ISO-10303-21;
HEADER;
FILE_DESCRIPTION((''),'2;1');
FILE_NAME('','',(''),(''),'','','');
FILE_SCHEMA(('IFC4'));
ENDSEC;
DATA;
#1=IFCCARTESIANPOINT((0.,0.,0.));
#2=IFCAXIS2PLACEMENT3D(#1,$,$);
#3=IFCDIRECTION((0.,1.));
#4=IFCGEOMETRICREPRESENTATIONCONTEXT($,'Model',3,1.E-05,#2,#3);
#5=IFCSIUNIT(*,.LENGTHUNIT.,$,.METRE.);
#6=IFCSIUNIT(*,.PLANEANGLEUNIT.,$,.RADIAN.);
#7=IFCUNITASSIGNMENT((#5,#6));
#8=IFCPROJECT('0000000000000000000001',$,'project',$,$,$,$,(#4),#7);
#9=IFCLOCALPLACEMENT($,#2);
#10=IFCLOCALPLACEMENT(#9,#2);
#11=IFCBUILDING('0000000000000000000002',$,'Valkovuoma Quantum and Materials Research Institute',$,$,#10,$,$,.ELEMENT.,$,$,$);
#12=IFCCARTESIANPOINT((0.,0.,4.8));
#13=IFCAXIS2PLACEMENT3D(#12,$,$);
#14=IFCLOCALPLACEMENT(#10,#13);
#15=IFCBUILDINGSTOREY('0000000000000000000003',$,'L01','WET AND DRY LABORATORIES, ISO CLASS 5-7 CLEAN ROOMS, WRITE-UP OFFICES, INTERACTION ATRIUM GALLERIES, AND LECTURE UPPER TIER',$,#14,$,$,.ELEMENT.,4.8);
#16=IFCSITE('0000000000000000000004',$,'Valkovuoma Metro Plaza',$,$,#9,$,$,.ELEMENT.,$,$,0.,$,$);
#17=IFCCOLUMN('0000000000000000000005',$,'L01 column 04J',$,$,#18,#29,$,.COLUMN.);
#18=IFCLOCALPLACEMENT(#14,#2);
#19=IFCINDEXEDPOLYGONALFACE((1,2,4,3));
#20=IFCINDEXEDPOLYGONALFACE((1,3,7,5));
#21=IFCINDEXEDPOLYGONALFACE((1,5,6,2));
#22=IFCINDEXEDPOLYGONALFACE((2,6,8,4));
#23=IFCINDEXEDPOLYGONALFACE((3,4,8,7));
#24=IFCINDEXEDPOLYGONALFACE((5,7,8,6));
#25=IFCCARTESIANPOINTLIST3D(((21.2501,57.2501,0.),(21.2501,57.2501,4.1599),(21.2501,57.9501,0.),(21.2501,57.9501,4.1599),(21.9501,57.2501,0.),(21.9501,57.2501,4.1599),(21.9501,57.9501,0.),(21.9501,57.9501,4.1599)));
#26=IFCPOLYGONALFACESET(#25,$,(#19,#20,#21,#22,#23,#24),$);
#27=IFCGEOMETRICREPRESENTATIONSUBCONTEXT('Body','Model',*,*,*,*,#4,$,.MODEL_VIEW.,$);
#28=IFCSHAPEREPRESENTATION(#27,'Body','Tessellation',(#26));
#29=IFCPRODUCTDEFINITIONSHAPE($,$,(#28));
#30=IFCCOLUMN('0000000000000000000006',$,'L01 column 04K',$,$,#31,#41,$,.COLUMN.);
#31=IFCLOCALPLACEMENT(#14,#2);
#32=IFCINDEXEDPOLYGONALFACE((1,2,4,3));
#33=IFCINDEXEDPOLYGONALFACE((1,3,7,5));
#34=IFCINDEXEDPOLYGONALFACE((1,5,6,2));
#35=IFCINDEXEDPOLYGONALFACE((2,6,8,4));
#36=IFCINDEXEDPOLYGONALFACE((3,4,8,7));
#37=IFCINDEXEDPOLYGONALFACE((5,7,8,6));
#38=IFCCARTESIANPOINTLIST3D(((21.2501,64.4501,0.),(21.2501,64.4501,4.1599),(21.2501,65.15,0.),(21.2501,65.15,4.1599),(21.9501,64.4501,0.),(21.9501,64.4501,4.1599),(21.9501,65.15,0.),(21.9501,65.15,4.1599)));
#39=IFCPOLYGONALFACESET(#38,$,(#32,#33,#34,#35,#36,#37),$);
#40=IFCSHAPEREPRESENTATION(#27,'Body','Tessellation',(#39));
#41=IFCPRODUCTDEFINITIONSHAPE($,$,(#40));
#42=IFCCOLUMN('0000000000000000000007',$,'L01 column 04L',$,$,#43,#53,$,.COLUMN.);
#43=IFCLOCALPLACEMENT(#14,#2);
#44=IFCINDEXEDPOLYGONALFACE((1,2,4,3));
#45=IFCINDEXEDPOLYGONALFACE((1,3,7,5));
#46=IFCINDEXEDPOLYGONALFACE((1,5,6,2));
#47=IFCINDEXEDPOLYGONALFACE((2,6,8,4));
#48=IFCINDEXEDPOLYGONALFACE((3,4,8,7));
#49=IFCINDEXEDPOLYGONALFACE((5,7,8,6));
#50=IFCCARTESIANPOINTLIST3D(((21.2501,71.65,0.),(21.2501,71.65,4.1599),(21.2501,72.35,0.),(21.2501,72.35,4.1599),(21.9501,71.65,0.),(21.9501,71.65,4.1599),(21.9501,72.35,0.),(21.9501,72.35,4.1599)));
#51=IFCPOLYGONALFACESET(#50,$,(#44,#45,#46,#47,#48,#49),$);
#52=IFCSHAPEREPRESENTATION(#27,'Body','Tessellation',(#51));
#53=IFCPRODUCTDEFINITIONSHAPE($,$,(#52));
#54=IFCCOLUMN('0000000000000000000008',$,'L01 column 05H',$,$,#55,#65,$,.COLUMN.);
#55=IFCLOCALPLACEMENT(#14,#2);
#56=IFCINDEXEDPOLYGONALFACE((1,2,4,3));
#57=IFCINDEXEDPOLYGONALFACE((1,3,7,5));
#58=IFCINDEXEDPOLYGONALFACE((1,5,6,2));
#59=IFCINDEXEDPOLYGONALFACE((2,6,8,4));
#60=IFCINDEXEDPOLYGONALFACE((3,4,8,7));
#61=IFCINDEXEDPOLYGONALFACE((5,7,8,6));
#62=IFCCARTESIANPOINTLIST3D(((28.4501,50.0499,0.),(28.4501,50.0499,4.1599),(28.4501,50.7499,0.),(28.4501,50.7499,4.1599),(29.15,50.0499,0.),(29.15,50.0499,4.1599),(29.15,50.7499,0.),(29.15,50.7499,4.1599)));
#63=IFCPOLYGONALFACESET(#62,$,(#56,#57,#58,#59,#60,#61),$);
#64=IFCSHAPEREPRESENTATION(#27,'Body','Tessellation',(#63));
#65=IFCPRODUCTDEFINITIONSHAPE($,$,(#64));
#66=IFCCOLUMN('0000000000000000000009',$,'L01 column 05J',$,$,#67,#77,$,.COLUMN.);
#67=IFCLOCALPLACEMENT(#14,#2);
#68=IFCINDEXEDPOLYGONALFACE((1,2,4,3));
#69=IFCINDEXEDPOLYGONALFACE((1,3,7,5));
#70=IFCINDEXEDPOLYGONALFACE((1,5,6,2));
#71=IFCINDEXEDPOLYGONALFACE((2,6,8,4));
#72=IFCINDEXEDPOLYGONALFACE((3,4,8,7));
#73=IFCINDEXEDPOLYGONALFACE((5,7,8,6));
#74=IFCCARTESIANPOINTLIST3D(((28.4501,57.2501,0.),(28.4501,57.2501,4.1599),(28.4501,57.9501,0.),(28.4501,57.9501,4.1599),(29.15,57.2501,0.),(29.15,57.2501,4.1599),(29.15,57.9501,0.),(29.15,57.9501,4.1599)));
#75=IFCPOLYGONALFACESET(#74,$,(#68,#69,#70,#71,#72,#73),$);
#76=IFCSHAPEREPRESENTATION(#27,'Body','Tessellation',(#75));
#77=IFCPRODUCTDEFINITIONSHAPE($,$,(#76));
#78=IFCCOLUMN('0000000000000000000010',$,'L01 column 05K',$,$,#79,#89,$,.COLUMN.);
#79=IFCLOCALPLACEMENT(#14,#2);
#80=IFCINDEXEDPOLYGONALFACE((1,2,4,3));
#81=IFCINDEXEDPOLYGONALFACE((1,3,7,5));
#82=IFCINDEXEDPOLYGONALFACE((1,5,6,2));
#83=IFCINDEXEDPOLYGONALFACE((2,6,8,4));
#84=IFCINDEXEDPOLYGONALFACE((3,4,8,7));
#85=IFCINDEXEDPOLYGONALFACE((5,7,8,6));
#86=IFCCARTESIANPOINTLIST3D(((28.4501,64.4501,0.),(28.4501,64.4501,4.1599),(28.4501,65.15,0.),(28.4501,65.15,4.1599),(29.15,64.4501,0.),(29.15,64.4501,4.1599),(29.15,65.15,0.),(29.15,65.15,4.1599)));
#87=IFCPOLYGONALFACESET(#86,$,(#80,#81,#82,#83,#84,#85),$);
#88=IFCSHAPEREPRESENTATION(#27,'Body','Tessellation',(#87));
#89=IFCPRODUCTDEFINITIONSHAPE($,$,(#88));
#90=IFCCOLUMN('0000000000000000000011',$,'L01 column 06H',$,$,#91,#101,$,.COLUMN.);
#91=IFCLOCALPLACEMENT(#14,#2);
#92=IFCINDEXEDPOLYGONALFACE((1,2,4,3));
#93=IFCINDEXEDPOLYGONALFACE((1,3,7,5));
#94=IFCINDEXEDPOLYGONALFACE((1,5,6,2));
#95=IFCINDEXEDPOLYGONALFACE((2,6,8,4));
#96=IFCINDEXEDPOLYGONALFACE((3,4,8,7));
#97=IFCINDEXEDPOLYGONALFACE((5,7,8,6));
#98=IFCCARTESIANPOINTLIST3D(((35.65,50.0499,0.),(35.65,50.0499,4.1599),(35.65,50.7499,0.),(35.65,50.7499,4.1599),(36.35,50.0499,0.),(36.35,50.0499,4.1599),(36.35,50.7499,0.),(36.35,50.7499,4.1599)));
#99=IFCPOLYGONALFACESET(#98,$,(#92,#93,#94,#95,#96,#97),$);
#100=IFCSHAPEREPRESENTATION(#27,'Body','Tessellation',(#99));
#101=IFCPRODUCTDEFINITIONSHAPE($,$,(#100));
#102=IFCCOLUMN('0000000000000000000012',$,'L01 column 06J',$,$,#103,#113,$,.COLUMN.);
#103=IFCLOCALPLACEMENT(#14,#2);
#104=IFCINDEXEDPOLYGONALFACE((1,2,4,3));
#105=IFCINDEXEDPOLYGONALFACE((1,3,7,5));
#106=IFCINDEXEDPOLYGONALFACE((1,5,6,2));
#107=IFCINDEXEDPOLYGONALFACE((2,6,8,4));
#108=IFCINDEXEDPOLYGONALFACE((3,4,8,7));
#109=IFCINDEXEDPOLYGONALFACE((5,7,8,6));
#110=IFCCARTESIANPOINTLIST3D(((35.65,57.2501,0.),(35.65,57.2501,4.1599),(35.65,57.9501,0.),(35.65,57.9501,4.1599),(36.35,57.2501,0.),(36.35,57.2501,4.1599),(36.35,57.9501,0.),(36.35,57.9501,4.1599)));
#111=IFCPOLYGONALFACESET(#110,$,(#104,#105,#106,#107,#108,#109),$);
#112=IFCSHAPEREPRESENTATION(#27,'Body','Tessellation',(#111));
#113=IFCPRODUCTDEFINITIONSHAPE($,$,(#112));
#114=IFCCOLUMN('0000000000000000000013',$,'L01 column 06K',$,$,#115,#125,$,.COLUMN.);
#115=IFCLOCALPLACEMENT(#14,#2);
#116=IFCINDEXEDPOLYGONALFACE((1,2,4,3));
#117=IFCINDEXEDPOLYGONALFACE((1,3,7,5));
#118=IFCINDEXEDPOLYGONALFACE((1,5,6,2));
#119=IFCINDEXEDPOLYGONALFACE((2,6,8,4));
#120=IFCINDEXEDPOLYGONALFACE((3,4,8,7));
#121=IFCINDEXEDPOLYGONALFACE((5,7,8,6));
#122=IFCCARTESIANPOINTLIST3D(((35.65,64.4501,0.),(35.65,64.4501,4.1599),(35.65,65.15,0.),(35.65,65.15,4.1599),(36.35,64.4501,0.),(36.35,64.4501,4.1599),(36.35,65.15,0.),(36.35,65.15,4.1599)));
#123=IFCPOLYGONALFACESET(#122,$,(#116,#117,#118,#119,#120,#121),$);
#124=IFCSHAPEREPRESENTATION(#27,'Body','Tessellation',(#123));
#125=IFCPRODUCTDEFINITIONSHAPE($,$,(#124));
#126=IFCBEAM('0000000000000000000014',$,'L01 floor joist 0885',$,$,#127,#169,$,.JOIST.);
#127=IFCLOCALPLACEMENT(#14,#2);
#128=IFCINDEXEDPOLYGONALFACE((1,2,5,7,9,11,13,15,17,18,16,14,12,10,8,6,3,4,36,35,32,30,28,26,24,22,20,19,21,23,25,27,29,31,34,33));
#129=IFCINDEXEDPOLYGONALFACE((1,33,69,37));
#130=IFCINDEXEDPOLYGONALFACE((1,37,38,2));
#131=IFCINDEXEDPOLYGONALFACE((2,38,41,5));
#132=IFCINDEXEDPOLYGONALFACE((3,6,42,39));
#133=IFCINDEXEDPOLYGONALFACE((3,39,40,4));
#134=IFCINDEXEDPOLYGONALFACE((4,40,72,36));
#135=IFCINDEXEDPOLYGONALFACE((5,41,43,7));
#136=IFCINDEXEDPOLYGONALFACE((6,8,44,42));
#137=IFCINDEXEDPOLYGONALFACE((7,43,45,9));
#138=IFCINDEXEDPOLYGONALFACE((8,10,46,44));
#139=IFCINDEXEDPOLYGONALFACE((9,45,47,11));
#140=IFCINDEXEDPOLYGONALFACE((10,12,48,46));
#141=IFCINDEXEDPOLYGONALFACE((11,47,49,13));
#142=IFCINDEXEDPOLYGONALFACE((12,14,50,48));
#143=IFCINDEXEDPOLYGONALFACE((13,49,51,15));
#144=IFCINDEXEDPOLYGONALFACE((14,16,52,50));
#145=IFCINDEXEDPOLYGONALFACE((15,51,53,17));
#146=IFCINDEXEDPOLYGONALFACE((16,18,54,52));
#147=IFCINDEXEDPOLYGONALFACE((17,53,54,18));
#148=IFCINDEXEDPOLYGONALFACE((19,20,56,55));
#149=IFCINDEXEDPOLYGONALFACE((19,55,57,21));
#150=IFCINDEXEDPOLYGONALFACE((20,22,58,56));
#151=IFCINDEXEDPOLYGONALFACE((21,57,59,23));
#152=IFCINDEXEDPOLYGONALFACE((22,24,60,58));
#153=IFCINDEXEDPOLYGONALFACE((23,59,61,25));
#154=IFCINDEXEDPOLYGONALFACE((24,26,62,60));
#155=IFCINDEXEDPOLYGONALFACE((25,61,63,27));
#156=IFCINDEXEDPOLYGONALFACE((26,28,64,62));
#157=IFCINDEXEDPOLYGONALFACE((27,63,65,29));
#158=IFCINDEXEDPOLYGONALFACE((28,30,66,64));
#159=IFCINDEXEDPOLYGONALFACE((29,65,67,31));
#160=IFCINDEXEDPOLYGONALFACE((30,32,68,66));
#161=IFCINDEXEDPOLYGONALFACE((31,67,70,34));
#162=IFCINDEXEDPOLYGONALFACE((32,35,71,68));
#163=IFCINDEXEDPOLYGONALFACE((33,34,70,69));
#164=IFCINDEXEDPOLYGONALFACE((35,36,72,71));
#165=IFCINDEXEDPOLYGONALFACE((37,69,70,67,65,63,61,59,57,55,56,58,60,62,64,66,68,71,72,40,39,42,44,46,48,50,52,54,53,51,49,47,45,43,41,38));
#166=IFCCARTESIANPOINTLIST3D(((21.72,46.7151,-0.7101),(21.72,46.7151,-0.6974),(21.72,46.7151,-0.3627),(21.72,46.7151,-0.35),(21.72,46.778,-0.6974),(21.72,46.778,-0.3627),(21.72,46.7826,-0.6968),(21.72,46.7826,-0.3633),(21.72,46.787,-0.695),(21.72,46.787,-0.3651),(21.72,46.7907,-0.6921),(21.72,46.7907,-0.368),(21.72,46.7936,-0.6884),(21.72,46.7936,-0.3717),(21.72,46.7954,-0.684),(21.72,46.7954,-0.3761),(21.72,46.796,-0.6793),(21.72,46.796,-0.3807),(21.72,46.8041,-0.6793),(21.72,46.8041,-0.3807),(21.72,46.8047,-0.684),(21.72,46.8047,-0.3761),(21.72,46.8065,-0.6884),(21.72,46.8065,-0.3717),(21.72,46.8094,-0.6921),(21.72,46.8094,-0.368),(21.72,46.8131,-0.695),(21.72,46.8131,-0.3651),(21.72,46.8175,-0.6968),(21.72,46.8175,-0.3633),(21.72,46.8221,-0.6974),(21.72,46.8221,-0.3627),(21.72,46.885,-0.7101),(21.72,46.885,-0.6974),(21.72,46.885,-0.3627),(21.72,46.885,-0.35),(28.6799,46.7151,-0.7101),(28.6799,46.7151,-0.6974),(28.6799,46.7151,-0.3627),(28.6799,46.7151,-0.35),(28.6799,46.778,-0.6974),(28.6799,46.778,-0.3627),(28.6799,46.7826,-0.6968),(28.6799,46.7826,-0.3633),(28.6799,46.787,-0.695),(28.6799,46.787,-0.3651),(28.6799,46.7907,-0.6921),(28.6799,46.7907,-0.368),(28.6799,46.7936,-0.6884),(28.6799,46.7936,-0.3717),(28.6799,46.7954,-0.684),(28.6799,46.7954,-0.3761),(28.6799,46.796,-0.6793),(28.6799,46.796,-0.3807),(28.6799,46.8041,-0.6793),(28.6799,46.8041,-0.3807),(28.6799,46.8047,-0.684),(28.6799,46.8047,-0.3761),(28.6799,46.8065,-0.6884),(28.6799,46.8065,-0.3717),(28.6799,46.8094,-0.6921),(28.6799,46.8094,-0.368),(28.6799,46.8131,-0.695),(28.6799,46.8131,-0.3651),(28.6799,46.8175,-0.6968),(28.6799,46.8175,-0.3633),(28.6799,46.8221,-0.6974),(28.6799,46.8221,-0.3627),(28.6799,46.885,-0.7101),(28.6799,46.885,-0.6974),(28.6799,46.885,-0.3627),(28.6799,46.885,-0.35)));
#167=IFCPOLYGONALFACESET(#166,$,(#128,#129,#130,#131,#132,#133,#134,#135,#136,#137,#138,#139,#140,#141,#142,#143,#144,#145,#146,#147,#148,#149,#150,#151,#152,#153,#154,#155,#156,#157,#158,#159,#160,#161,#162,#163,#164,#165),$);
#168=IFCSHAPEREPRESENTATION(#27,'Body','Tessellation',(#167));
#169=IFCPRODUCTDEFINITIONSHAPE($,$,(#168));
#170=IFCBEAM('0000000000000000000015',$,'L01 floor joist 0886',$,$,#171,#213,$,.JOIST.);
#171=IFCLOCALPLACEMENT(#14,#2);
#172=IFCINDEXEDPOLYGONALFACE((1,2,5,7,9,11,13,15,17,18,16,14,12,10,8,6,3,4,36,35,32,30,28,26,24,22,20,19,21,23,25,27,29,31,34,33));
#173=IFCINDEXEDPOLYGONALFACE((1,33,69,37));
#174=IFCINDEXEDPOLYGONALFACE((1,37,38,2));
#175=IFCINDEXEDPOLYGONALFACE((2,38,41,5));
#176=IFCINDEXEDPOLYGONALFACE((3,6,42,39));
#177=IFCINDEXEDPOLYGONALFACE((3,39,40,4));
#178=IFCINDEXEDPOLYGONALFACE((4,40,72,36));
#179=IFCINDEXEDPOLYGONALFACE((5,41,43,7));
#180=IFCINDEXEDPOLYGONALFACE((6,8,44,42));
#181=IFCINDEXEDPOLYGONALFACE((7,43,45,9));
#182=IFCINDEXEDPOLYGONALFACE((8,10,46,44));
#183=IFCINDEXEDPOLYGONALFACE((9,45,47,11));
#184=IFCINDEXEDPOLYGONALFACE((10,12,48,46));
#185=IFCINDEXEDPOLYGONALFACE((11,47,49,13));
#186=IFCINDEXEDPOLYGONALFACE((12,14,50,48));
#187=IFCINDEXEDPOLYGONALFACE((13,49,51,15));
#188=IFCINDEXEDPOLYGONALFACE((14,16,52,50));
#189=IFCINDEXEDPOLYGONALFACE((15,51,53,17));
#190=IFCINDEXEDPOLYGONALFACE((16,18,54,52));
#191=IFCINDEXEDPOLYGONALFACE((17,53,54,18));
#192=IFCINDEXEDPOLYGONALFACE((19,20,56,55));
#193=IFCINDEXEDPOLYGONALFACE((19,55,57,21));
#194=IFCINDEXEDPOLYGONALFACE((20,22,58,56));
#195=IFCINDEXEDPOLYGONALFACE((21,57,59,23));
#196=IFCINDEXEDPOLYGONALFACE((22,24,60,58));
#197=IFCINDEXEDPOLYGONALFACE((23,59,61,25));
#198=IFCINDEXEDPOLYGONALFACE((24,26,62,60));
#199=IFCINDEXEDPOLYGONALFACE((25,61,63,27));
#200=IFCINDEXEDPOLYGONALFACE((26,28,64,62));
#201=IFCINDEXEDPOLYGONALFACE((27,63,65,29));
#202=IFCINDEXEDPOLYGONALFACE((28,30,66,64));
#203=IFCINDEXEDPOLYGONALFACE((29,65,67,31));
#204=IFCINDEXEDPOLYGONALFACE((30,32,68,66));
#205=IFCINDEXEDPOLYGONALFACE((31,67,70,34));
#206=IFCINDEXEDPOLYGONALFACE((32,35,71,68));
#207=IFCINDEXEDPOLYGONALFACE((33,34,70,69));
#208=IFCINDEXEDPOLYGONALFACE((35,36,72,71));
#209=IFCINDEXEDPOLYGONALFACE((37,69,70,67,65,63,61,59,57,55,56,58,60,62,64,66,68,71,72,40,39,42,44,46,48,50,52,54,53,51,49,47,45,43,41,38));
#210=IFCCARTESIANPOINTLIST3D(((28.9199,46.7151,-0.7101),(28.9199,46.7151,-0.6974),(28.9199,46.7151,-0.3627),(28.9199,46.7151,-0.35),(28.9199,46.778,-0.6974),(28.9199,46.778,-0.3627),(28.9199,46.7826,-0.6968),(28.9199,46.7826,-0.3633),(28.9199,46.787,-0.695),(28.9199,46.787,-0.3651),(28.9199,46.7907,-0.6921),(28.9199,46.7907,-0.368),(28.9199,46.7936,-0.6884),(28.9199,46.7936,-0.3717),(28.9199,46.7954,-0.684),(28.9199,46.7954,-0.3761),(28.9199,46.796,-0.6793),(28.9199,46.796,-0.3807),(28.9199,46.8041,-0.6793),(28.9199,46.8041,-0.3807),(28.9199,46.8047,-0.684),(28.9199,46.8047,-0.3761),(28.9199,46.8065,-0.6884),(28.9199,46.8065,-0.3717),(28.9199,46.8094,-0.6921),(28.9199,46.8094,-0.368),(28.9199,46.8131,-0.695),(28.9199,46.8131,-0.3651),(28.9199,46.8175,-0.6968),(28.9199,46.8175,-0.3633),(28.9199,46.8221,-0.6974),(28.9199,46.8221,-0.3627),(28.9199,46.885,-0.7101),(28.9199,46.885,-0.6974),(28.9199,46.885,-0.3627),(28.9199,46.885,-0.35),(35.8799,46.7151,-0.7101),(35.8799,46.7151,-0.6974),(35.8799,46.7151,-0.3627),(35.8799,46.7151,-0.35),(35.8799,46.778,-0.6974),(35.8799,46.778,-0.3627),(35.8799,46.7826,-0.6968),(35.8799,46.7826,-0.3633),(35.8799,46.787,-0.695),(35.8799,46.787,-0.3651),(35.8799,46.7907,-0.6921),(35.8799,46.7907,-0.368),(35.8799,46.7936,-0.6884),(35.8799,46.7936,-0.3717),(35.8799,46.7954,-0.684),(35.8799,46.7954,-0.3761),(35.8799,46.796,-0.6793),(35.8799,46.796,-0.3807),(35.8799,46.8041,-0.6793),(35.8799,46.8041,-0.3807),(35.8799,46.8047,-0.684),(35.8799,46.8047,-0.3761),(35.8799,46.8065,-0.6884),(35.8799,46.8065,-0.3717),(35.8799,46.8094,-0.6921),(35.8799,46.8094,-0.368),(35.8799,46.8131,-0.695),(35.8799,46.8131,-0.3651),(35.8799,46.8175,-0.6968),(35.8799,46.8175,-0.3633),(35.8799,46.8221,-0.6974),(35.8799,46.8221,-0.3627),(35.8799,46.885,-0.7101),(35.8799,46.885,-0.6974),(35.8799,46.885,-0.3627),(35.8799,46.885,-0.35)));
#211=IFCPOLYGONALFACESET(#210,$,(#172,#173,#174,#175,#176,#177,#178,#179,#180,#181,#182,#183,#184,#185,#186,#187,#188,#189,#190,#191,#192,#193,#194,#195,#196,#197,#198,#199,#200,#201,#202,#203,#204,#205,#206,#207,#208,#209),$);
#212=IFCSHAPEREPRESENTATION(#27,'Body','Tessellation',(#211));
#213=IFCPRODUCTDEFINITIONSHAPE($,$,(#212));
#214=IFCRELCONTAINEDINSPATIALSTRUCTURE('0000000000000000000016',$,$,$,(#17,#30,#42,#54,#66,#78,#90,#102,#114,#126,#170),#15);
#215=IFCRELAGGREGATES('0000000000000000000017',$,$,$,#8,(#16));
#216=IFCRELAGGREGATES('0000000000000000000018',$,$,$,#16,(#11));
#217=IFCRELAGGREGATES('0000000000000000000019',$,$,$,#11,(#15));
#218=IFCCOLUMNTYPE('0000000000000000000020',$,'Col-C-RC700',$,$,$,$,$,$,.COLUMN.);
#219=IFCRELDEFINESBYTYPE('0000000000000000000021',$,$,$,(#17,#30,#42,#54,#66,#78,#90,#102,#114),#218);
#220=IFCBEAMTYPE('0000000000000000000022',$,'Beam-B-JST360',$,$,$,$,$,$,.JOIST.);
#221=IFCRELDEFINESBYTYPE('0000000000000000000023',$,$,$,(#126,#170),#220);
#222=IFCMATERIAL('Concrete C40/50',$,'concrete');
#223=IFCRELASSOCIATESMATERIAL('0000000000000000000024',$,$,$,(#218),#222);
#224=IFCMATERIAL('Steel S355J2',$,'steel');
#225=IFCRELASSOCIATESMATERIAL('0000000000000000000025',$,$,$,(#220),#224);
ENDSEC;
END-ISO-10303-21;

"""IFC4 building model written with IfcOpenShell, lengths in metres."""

from ifc_helpers import new_model, si_unit, direction, frame, origin, origin_2d, place, context, subcontext, project, spatial, rectangle, i_section, extrude, material, material_profile, profile_set, type_object, element, save


model = new_model("IFC4")

# Units and contexts
model_context = context("Model", 3, precision=1e-05, world=origin(), true_north=direction((0.0, 1.0)))
body_context = subcontext(model_context, "Body", "Model", "MODEL_VIEW")
ifc_project = project(units=[si_unit("LENGTHUNIT", "METRE"), si_unit("PLANEANGLEUNIT", "RADIAN")], contexts=[model_context])

# Site, building, storey
site_placement = place(None, origin())
site = spatial("IfcSite", under=ifc_project, at=site_placement, Name="Valkovuoma Metro Plaza", CompositionType="ELEMENT", RefElevation=0.0)
building_placement = place(site_placement, origin())
building = spatial("IfcBuilding", under=site, at=building_placement, Name="Valkovuoma Quantum and Materials Research Institute", CompositionType="ELEMENT")
storey_placement = place(building_placement, frame((0.0, 0.0, 4.8)))
storey = spatial("IfcBuildingStorey", under=building, at=storey_placement, Name="L01", Description="WET AND DRY LABORATORIES, ISO CLASS 5-7 CLEAN ROOMS, WRITE-UP OFFICES, INTERACTION ATRIUM GALLERIES, AND LECTURE UPPER TIER", CompositionType="ELEMENT", Elevation=4.8)

# Columns
ifc_material_1 = material(Name="Concrete C40/50", Category="concrete")
ifc_material_profile_1 = material_profile(ifc_material_1, rectangle(XDim=0.7, YDim=0.7, at=origin_2d()), Name="Concrete C40/50")
ifc_profile_set_1 = profile_set([ifc_material_profile_1], Name="Concrete C40/50")
column_type = type_object("IfcColumnType", Name="Col-C-RC700", PredefinedType="COLUMN", material=ifc_profile_set_1)
for number, where, z_axis, x_axis, name in (
    (1, (21.6001, 57.6001, 0.0), (0.0, 0.0, 1.0), (1.0, 0.0, 0.0), "L01 column 04J"),
    (2, (21.6001, 64.8, 0.0), (0.0, 0.0, 1.0), (1.0, 0.0, 0.0), "L01 column 04K"),
    (3, (21.6001, 72.0, 0.0), (0.0, 0.0, 1.0), (1.0, 0.0, 0.0), "L01 column 04L"),
    (4, (28.8, 50.3999, 0.0), (0.0, 0.0, 1.0), (1.0, 0.0, 0.0), "L01 column 05H"),
    (5, (28.8, 57.6001, 0.0), (0.0, 0.0, 1.0), (1.0, 0.0, 0.0), "L01 column 05J"),
    (6, (28.8, 64.8, 0.0), (0.0, 0.0, 1.0), (1.0, 0.0, 0.0), "L01 column 05K"),
    (7, (36.0, 50.3999, 0.0), (0.0, 0.0, 1.0), (1.0, 0.0, 0.0), "L01 column 06H"),
    (8, (36.0, 57.6001, 0.0), (0.0, 0.0, 1.0), (1.0, 0.0, 0.0), "L01 column 06J"),
    (9, (36.0, 64.8, 0.0), (0.0, 0.0, 1.0), (1.0, 0.0, 0.0), "L01 column 06K"),
):
    element("IfcColumn", number, at=place(storey_placement, frame(where, z_axis=z_axis, x_axis=x_axis)), inside=storey, type_object=column_type, Name=name, PredefinedType="COLUMN", context=body_context, shape_type="SweptSolid", body=[
        extrude(rectangle(XDim=0.7, YDim=0.7, at=origin_2d()), origin(), (0.0, 0.0, 1.0), 4.1599),
    ])

# Beams
ifc_material_2 = material(Name="Steel S355J2", Category="steel")
ifc_material_profile_2 = material_profile(ifc_material_2, i_section(OverallWidth=0.1699, OverallDepth=0.3601, WebThickness=0.0081, FlangeThickness=0.0127, FilletRadius=0.0181, at=origin_2d()), Name="Steel S355J2")
ifc_profile_set_2 = profile_set([ifc_material_profile_2], Name="Steel S355J2")
beam_type_1 = type_object("IfcBeamType", Name="Beam-B-JST360", PredefinedType="JOIST", material=ifc_profile_set_2)
for number, where, z_axis, x_axis, name in (
    (10, (21.72, 46.8, -0.53), (1.0, 0.0, 0.0), (0.0, 1.0, 0.0), "L01 floor joist 0885"),
    (11, (28.9199, 46.8, -0.53), (1.0, 0.0, 0.0), (0.0, 1.0, 0.0), "L01 floor joist 0886"),
):
    element("IfcBeam", number, at=place(storey_placement, frame(where, z_axis=z_axis, x_axis=x_axis)), inside=storey, type_object=beam_type_1, Name=name, PredefinedType="JOIST", context=body_context, shape_type="SweptSolid", body=[
        extrude(i_section(OverallWidth=0.1699, OverallDepth=0.3601, WebThickness=0.0081, FlangeThickness=0.0127, FilletRadius=0.0181, at=origin_2d()), origin(), (0.0, 0.0, 1.0), 6.96),
    ])

save(model, "model.ifc")
